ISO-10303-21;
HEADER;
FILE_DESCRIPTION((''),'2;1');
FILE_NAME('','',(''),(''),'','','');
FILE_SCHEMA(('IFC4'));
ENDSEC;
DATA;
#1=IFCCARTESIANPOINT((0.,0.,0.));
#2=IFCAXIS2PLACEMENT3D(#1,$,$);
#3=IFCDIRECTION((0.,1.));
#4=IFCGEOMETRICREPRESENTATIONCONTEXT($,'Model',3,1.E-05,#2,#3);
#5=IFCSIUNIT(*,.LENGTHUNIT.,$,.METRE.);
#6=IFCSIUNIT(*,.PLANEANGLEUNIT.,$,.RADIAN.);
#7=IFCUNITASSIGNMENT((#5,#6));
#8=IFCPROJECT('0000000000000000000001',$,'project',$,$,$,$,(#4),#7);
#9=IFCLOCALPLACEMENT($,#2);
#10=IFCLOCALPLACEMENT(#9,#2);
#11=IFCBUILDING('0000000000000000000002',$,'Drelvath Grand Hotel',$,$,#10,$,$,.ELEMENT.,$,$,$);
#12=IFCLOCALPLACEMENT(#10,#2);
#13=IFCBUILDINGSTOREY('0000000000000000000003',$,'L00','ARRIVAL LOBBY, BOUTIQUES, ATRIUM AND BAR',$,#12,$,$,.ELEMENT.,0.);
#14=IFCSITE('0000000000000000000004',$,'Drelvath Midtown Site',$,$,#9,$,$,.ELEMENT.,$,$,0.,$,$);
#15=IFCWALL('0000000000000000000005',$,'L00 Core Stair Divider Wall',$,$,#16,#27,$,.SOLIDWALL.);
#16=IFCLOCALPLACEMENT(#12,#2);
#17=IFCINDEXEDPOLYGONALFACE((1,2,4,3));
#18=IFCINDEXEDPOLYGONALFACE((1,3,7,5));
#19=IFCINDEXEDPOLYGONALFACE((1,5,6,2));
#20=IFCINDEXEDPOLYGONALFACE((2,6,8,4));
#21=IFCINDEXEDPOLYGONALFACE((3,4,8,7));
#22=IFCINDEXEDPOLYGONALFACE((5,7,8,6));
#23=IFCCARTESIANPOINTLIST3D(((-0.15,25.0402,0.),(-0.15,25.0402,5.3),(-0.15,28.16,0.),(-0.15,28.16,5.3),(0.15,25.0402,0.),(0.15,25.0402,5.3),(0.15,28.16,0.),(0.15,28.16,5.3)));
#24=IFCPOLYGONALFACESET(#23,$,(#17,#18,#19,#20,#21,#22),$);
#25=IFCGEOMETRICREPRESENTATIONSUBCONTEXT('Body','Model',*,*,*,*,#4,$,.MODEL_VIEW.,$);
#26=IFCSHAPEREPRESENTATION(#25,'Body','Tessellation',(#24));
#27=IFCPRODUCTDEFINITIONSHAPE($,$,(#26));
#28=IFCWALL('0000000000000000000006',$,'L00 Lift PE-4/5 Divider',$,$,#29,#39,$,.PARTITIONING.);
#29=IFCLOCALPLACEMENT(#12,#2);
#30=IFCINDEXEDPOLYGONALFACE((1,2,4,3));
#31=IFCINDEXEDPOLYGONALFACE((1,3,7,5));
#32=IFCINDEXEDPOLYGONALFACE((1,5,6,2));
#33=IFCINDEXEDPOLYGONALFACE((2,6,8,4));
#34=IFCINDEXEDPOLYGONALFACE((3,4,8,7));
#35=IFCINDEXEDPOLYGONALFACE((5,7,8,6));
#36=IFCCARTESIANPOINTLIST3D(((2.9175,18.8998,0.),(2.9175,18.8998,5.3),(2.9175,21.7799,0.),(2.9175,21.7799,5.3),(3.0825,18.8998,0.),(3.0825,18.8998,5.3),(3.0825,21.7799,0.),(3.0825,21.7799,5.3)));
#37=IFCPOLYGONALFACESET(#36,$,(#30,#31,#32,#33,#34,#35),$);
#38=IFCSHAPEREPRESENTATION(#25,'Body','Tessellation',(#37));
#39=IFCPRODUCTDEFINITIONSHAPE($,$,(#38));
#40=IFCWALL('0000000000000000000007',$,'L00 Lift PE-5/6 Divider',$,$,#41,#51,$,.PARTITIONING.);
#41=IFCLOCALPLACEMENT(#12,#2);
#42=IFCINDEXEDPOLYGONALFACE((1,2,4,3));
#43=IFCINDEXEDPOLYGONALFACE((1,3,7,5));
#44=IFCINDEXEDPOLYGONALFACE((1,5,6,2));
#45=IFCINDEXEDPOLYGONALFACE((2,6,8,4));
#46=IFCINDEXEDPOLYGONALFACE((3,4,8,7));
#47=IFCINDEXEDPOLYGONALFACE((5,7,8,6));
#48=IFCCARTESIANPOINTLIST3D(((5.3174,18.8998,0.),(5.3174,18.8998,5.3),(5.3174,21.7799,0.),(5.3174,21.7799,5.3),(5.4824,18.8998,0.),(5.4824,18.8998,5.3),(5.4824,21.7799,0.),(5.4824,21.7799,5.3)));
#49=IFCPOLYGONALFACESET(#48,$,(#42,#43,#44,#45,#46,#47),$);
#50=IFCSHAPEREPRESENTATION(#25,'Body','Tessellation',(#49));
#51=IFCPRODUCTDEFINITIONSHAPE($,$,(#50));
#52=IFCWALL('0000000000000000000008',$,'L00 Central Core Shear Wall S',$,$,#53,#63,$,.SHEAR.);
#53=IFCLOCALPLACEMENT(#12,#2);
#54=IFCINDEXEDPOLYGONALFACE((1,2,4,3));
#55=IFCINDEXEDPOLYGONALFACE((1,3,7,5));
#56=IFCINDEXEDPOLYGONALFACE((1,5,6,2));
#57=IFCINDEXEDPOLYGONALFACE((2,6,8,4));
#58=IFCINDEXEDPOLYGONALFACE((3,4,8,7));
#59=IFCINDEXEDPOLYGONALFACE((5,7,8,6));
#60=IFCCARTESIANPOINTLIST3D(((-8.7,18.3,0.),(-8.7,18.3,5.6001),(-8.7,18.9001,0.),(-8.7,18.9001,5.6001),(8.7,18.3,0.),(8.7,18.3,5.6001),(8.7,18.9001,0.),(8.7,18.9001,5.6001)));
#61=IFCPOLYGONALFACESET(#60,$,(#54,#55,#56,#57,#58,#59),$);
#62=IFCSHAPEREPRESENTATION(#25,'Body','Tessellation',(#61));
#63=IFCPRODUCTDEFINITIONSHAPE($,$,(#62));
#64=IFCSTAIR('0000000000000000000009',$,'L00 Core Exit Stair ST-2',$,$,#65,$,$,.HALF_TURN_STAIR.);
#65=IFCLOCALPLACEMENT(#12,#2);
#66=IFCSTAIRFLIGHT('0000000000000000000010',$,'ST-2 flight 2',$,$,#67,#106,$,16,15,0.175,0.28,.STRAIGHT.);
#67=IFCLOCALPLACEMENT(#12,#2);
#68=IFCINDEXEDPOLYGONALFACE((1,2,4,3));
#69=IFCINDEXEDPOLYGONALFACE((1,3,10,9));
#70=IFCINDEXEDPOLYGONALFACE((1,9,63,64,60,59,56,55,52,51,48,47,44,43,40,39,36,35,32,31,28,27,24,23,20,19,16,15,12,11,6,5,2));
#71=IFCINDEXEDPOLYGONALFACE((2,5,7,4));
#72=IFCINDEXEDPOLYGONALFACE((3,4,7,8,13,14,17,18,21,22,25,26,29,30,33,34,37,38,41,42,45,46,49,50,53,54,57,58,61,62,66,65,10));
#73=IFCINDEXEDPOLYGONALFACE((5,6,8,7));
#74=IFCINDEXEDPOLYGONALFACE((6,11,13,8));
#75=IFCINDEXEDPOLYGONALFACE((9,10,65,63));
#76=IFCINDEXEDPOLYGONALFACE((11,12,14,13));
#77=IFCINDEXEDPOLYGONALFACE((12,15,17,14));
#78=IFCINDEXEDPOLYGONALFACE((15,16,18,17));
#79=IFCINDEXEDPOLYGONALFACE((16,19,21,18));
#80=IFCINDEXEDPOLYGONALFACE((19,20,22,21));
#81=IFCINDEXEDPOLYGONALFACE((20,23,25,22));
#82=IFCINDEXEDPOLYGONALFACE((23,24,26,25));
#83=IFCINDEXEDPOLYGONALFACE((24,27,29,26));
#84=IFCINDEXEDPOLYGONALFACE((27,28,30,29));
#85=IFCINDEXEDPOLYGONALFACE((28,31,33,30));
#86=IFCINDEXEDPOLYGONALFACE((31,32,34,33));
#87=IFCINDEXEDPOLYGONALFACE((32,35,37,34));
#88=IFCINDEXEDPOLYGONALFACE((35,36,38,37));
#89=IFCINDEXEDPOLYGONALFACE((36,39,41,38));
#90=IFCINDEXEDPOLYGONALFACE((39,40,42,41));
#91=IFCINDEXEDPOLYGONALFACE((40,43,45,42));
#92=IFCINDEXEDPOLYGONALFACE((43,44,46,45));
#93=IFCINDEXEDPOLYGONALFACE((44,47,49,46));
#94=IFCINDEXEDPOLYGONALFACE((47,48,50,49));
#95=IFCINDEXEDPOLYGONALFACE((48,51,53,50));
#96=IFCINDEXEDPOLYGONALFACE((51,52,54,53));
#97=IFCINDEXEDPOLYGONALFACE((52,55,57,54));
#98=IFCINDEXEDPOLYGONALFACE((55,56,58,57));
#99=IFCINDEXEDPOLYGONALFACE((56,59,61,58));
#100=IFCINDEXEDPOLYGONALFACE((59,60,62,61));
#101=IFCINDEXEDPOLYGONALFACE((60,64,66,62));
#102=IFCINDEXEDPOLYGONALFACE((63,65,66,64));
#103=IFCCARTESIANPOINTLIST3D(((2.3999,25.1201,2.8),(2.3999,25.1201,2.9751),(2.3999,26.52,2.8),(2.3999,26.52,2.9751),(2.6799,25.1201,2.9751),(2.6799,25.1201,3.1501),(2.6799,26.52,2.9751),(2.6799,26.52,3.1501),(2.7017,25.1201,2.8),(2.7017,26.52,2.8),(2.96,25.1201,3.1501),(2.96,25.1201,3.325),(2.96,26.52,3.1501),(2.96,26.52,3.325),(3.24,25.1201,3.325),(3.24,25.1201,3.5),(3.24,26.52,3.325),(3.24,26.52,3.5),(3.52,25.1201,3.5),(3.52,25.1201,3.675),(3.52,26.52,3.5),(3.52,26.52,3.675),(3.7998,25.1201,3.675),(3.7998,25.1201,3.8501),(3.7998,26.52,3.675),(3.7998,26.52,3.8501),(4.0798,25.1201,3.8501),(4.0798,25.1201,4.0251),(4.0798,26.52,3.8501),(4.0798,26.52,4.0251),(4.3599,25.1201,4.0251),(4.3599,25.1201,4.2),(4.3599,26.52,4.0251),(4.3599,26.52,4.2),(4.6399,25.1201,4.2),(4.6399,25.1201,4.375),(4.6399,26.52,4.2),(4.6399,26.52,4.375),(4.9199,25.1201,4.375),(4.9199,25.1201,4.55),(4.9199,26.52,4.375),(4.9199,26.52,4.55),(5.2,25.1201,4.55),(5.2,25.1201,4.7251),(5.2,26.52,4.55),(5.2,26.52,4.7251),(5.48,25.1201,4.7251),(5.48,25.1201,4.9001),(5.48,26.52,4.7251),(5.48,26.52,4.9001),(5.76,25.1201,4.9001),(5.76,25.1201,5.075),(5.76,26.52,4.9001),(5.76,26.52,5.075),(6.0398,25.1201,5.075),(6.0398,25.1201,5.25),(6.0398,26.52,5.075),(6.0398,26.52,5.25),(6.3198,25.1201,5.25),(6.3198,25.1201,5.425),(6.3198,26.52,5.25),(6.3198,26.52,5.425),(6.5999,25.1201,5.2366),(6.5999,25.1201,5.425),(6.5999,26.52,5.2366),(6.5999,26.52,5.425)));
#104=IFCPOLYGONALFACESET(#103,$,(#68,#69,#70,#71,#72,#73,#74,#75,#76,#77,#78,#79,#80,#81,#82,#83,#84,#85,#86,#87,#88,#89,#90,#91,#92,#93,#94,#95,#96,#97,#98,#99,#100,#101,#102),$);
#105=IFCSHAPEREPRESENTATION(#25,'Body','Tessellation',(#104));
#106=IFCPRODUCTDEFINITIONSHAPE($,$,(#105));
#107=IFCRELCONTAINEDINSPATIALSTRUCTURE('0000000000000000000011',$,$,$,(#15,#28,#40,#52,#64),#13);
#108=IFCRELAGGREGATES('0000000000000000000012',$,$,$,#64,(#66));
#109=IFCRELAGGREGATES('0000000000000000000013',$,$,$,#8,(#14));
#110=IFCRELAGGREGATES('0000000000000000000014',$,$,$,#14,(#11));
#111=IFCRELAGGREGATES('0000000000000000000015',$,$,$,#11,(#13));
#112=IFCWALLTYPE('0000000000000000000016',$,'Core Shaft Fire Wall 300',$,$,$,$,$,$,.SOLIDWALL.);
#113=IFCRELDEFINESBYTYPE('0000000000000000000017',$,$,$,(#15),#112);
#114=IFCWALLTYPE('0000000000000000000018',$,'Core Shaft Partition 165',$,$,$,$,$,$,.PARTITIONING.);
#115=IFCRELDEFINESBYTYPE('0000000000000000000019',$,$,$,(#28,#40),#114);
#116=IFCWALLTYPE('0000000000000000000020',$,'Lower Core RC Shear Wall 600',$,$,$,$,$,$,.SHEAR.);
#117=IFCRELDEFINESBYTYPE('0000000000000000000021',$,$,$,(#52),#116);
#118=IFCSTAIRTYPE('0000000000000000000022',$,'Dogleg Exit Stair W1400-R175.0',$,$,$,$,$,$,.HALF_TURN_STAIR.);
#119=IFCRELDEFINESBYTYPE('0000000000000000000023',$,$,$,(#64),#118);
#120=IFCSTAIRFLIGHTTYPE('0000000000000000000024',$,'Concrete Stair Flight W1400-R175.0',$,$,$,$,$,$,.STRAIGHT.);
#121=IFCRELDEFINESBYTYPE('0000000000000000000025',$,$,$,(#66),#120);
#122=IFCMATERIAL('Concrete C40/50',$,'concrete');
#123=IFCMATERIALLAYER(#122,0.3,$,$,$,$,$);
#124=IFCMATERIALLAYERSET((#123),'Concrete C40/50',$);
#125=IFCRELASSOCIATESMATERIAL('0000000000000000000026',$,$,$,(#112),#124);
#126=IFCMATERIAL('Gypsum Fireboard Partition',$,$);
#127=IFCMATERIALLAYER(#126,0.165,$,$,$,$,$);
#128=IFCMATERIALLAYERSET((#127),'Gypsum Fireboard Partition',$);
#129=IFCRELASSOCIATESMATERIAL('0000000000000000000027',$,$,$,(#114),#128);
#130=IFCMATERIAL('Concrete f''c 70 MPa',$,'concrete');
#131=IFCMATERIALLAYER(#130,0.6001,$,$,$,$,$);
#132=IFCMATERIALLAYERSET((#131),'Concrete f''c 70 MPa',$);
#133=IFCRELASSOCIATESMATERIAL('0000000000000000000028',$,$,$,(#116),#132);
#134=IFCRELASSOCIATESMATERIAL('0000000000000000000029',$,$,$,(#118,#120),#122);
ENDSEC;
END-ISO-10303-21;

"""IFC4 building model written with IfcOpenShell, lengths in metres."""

from ifc_helpers import new_model, si_unit, direction, frame, frame_2d, origin, place, context, subcontext, project, spatial, polyline, rectangle, outline, extrude, material, layer, layer_set, type_object, element, aggregate, save


model = new_model("IFC4")

# Units and contexts
model_context = context("Model", 3, precision=1e-05, world=origin(), true_north=direction((0.0, 1.0)))
body_context = subcontext(model_context, "Body", "Model", "MODEL_VIEW")
ifc_project = project(units=[si_unit("LENGTHUNIT", "METRE"), si_unit("PLANEANGLEUNIT", "RADIAN")], contexts=[model_context])

# Site, building, storey
site_placement = place(None, origin())
site = spatial("IfcSite", under=ifc_project, at=site_placement, Name="Drelvath Midtown Site", CompositionType="ELEMENT", RefElevation=0.0)
building_placement = place(site_placement, origin())
building = spatial("IfcBuilding", under=site, at=building_placement, Name="Drelvath Grand Hotel", CompositionType="ELEMENT")
storey_placement = place(building_placement, origin())
storey = spatial("IfcBuildingStorey", under=building, at=storey_placement, Name="L00", Description="ARRIVAL LOBBY, BOUTIQUES, ATRIUM AND BAR", CompositionType="ELEMENT", Elevation=0.0)

# Shared definitions
ifc_material_1 = material(Name="Concrete f'c 70 MPa", Category="concrete")

# Shared definitions
ifc_material_2 = material(Name="Concrete C40/50", Category="concrete")

# Walls
ifc_layer_1 = layer(ifc_material_2, 0.3)
ifc_layer_set_1 = layer_set([ifc_layer_1], Name="Concrete C40/50")
wall_type_1 = type_object("IfcWallType", Name="Core Shaft Fire Wall 300", PredefinedType="SOLIDWALL", material=ifc_layer_set_1)
wall_1_placement = place(storey_placement, frame((0.0, 25.04, 0.0), z_axis=(0.0, 0.0, 1.0), x_axis=(0.0, 1.0, 0.0)))
element("IfcWall", 1, at=wall_1_placement, inside=storey, type_object=wall_type_1, Name="L00 Core Stair Divider Wall", PredefinedType="SOLIDWALL", context=body_context, shape_type="SweptSolid", body=[
    extrude(rectangle(XDim=3.1199, YDim=0.3, at=frame_2d((1.5601, 0.0))), origin(), (0.0, 0.0, 1.0), 5.3),
])
ifc_material_3 = material(Name="Gypsum Fireboard Partition")
ifc_layer_2 = layer(ifc_material_3, 0.165)
ifc_layer_set_2 = layer_set([ifc_layer_2], Name="Gypsum Fireboard Partition")
wall_type_2 = type_object("IfcWallType", Name="Core Shaft Partition 165", PredefinedType="PARTITIONING", material=ifc_layer_set_2)
for number, where, z_axis, x_axis, name in (
    (2, (3.0, 18.8999, 0.0), (0.0, 0.0, 1.0), (0.0, 1.0, 0.0), "L00 Lift PE-4/5 Divider"),
    (3, (5.3999, 18.8999, 0.0), (0.0, 0.0, 1.0), (0.0, 1.0, 0.0), "L00 Lift PE-5/6 Divider"),
):
    element("IfcWall", number, at=place(storey_placement, frame(where, z_axis=z_axis, x_axis=x_axis)), inside=storey, type_object=wall_type_2, Name=name, PredefinedType="PARTITIONING", context=body_context, shape_type="SweptSolid", body=[
        extrude(rectangle(XDim=2.8801, YDim=0.165, at=frame_2d((1.4399, 0.0))), origin(), (0.0, 0.0, 1.0), 5.3),
    ])
ifc_layer_3 = layer(ifc_material_1, 0.6001)
ifc_layer_set_3 = layer_set([ifc_layer_3], Name="Concrete f'c 70 MPa")
wall_type_3 = type_object("IfcWallType", Name="Lower Core RC Shear Wall 600", PredefinedType="SHEAR", material=ifc_layer_set_3)
wall_2_placement = place(storey_placement, frame((8.7, 18.6001, 0.0), z_axis=(0.0, 0.0, 1.0), x_axis=(-1.0, 0.0, 0.0)))
element("IfcWall", 4, at=wall_2_placement, inside=storey, type_object=wall_type_3, Name="L00 Central Core Shear Wall S", PredefinedType="SHEAR", context=body_context, shape_type="SweptSolid", body=[
    extrude(rectangle(XDim=17.3999, YDim=0.6001, at=frame_2d((8.7, 0.0))), origin(), (0.0, 0.0, 1.0), 5.6001),
])

# Stair, stair flight
stair_type = type_object("IfcStairType", Name="Dogleg Exit Stair W1400-R175.0", PredefinedType="HALF_TURN_STAIR", material=ifc_material_2)
stair_placement = place(storey_placement, origin())
stair = element("IfcStair", 5, at=stair_placement, inside=storey, type_object=stair_type, Name="L00 Core Exit Stair ST-2", PredefinedType="HALF_TURN_STAIR")
stair_flight_type = type_object("IfcStairFlightType", Name="Concrete Stair Flight W1400-R175.0", PredefinedType="STRAIGHT", material=ifc_material_2)
stair_flight_placement = place(storey_placement, frame((2.3999, 25.8201, 2.8), z_axis=(0.0, 0.0, 1.0), x_axis=(1.0, 0.0, 0.0)))
stair_flight = element("IfcStairFlight", 6, at=stair_flight_placement, type_object=stair_flight_type, Name="ST-2 flight 2", NumberOfRisers=16, NumberOfTreads=15, PredefinedType="STRAIGHT", RiserHeight=0.175, TreadLength=0.28, context=body_context, shape_type="SweptSolid", body=[
    extrude(outline(polyline([(0.0, 0.0), (0.0, 0.175), (0.28, 0.175), (0.28, 0.3501), (0.5601, 0.3501), (0.5601, 0.5249), (0.8401, 0.5249), (0.8401, 0.7), (1.1201, 0.7), (1.1201, 0.875), (1.3999, 0.875), (1.3999, 1.05), (1.6799, 1.05), (1.6799, 1.2251), (1.96, 1.2251), (1.96, 1.3999), (2.24, 1.3999), (2.24, 1.575), (2.52, 1.575), (2.52, 1.75), (2.8, 1.75), (2.8, 1.925), (3.0801, 1.925), (3.0801, 2.1001), (3.3601, 2.1001), (3.3601, 2.2749), (3.6399, 2.2749), (3.6399, 2.45), (3.9199, 2.45), (3.9199, 2.625), (4.2, 2.625), (4.2, 2.8), (4.2, 2.4365), (0.3018, 0.0), (0.0, 0.0)])), frame((0.0, 0.7, 0.0), z_axis=(0.0, -1.0, 0.0), x_axis=(1.0, 0.0, 0.0)), (0.0, 0.0, 1.0), 1.3999),
])
aggregate(stair, [stair_flight])

save(model, "model.ifc")
